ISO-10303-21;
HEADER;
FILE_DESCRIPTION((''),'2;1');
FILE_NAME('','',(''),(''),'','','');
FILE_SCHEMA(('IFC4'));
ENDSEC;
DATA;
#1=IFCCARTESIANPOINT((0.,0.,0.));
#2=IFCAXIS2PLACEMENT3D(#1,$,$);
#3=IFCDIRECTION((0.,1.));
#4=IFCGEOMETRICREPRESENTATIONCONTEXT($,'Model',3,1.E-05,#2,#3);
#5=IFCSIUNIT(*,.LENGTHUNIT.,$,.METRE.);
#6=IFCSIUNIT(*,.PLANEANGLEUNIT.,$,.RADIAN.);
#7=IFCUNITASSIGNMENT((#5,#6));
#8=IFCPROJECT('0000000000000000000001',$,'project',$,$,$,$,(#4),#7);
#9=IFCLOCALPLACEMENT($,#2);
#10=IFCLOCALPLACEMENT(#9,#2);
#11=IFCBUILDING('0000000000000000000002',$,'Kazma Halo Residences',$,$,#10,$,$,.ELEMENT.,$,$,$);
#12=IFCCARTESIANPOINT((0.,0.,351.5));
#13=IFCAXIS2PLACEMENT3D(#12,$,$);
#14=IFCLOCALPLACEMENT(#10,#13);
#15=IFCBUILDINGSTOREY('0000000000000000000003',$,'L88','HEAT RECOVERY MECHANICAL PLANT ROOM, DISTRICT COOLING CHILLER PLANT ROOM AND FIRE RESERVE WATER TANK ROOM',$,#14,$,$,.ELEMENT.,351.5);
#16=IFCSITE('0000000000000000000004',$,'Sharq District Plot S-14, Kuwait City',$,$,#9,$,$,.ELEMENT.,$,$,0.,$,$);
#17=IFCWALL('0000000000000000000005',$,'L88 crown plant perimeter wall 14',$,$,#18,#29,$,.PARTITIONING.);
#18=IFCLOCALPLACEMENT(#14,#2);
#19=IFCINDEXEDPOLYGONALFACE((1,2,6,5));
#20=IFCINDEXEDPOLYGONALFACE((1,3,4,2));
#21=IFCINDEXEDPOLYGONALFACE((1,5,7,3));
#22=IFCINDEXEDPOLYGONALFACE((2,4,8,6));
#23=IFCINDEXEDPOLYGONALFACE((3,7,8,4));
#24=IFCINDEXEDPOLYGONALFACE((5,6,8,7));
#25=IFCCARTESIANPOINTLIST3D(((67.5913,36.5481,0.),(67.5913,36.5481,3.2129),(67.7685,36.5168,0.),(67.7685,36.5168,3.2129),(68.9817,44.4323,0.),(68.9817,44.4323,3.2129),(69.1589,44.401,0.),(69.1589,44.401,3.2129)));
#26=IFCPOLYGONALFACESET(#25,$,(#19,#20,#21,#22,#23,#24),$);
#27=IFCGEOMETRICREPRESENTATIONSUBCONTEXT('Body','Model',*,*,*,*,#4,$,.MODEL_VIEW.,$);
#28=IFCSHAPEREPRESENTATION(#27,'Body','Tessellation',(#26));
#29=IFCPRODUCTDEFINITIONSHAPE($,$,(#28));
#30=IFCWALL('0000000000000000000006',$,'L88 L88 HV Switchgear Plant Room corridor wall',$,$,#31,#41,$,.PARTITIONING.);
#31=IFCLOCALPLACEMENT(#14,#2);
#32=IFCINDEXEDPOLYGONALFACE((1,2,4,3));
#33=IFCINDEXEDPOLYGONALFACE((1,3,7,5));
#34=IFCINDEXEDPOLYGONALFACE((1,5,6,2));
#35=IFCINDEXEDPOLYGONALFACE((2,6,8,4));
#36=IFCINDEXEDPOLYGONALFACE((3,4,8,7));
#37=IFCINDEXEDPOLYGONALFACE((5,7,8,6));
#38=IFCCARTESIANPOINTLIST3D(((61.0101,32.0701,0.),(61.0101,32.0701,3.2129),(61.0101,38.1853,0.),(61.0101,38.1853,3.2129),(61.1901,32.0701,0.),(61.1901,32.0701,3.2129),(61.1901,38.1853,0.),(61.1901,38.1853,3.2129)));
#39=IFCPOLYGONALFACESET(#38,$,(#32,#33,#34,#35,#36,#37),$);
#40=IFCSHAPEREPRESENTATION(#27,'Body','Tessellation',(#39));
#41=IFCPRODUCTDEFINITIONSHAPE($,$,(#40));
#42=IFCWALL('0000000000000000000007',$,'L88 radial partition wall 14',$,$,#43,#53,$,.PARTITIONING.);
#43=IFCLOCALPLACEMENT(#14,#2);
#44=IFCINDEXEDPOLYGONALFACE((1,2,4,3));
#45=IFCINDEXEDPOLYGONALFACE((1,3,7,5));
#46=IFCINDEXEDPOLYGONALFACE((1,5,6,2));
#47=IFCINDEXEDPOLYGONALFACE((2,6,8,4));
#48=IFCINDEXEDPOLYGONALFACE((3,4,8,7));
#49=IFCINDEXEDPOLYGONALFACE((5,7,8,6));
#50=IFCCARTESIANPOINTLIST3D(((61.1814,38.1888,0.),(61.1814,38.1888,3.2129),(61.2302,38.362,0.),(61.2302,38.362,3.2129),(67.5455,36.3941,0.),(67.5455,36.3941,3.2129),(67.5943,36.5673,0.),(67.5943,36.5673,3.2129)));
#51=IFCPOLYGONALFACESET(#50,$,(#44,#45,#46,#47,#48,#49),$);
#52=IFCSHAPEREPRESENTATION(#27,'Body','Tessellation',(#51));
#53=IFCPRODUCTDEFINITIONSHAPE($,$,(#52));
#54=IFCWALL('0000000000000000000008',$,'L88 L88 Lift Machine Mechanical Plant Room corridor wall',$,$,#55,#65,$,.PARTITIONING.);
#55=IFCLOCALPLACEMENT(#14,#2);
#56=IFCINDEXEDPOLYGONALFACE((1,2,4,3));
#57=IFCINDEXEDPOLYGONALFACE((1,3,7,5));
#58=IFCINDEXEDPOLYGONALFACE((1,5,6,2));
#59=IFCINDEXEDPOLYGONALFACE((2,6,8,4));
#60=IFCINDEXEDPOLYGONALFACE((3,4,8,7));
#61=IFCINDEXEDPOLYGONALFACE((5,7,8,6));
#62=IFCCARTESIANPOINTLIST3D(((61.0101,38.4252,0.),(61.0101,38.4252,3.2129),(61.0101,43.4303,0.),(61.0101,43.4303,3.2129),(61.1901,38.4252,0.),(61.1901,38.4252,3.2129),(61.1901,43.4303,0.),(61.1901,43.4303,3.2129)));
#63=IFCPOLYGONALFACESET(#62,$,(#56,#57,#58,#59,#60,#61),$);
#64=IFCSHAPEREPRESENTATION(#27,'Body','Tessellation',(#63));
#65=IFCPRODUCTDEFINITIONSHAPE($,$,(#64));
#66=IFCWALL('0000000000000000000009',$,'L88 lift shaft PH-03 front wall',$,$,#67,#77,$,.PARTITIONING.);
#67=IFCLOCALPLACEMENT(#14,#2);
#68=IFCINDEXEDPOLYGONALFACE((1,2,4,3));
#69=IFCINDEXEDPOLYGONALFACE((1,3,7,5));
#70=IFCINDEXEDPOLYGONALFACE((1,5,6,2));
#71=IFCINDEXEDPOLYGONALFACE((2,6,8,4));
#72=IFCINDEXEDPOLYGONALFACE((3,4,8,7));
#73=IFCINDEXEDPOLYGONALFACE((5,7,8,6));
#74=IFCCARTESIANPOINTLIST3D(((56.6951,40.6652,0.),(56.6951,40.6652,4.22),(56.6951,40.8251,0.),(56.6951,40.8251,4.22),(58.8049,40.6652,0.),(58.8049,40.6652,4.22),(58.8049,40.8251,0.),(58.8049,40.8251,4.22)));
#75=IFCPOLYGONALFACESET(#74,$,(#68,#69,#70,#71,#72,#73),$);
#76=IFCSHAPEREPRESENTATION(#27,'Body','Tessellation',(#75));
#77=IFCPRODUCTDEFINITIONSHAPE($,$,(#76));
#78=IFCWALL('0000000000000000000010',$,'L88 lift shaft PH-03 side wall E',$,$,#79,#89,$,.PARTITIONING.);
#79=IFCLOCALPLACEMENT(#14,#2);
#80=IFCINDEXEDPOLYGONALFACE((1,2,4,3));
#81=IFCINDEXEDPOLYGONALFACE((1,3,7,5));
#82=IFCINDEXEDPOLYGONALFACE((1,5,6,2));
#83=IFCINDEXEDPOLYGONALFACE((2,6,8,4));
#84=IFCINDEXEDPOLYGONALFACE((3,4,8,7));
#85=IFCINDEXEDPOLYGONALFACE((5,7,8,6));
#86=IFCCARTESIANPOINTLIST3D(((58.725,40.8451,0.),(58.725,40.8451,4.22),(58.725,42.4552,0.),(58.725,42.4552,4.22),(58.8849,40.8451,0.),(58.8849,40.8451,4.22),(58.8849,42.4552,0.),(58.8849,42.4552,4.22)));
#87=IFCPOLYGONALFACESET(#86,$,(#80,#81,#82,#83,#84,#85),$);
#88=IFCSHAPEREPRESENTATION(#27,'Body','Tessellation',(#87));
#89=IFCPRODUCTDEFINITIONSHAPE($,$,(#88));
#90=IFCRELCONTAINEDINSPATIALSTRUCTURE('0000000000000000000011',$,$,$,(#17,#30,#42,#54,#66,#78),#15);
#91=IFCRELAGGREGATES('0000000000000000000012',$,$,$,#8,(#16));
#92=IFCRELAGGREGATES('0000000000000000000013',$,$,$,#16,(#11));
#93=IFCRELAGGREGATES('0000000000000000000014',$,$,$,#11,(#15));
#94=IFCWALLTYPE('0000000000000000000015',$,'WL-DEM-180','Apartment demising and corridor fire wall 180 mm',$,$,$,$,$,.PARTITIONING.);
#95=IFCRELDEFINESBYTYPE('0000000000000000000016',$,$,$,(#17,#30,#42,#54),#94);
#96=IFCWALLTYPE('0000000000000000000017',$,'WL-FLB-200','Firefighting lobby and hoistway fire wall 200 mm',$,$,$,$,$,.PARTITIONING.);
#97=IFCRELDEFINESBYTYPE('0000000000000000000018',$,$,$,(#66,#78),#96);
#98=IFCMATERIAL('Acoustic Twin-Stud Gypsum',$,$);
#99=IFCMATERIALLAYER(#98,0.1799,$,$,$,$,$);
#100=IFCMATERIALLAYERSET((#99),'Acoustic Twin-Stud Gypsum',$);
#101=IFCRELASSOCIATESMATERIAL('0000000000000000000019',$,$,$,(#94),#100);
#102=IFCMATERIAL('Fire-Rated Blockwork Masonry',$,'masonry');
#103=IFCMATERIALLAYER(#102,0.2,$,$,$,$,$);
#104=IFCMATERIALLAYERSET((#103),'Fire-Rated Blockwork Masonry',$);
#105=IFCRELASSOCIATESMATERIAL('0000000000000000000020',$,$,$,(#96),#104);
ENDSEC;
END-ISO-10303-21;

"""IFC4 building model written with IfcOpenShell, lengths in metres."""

from ifc_helpers import new_model, si_unit, direction, frame, frame_2d, origin, place, context, subcontext, project, spatial, rectangle, extrude, material, layer, layer_set, type_object, element, save


model = new_model("IFC4")

# Units and contexts
model_context = context("Model", 3, precision=1e-05, world=origin(), true_north=direction((0.0, 1.0)))
body_context = subcontext(model_context, "Body", "Model", "MODEL_VIEW")
ifc_project = project(units=[si_unit("LENGTHUNIT", "METRE"), si_unit("PLANEANGLEUNIT", "RADIAN")], contexts=[model_context])

# Site, building, storey
site_placement = place(None, origin())
site = spatial("IfcSite", under=ifc_project, at=site_placement, Name="Sharq District Plot S-14, Kuwait City", CompositionType="ELEMENT", RefElevation=0.0)
building_placement = place(site_placement, origin())
building = spatial("IfcBuilding", under=site, at=building_placement, Name="Kazma Halo Residences", CompositionType="ELEMENT")
storey_placement = place(building_placement, frame((0.0, 0.0, 351.5)))
storey = spatial("IfcBuildingStorey", under=building, at=storey_placement, Name="L88", Description="HEAT RECOVERY MECHANICAL PLANT ROOM, DISTRICT COOLING CHILLER PLANT ROOM AND FIRE RESERVE WATER TANK ROOM", CompositionType="ELEMENT", Elevation=351.5)

# Walls
ifc_material_1 = material(Name="Acoustic Twin-Stud Gypsum")
ifc_layer_1 = layer(ifc_material_1, 0.1799)
ifc_layer_set_1 = layer_set([ifc_layer_1], Name="Acoustic Twin-Stud Gypsum")
wall_type_1 = type_object("IfcWallType", Name="WL-DEM-180", Description="Apartment demising and corridor fire wall 180 mm", PredefinedType="PARTITIONING", material=ifc_layer_set_1)
wall_1_placement = place(storey_placement, frame((67.6799, 36.5325, 0.0), z_axis=(0.0, 0.0, 1.0), x_axis=(0.173669, 0.984804, 0.0)))
element("IfcWall", 1, at=wall_1_placement, inside=storey, type_object=wall_type_1, Name="L88 crown plant perimeter wall 14", PredefinedType="PARTITIONING", context=body_context, shape_type="SweptSolid", body=[
    extrude(rectangle(XDim=8.0059, YDim=0.1799, at=frame_2d((4.0029, 0.0))), origin(), (0.0, 0.0, 1.0), 3.2129),
])
wall_2_placement = place(storey_placement, frame((61.1001, 32.0701, 0.0), z_axis=(0.0, 0.0, 1.0), x_axis=(0.0, 1.0, 0.0)))
element("IfcWall", 2, at=wall_2_placement, inside=storey, type_object=wall_type_1, Name="L88 L88 HV Switchgear Plant Room corridor wall", PredefinedType="PARTITIONING", context=body_context, shape_type="SweptSolid", body=[
    extrude(rectangle(XDim=6.1152, YDim=0.1799, at=frame_2d((3.0576, 0.0))), origin(), (0.0, 0.0, 1.0), 3.2129),
])
wall_3_placement = place(storey_placement, frame((61.2058, 38.2754, 0.0), z_axis=(0.0, 0.0, 1.0), x_axis=(0.962462, -0.271418, 0.0)))
element("IfcWall", 3, at=wall_3_placement, inside=storey, type_object=wall_type_1, Name="L88 radial partition wall 14", PredefinedType="PARTITIONING", context=body_context, shape_type="SweptSolid", body=[
    extrude(rectangle(XDim=6.6123, YDim=0.1799, at=frame_2d((3.3062, 0.0))), origin(), (0.0, 0.0, 1.0), 3.2129),
])
wall_4_placement = place(storey_placement, frame((61.1001, 38.4253, 0.0), z_axis=(0.0, 0.0, 1.0), x_axis=(0.0, 1.0, 0.0)))
element("IfcWall", 4, at=wall_4_placement, inside=storey, type_object=wall_type_1, Name="L88 L88 Lift Machine Mechanical Plant Room corridor wall", PredefinedType="PARTITIONING", context=body_context, shape_type="SweptSolid", body=[
    extrude(rectangle(XDim=5.0051, YDim=0.1799, at=frame_2d((2.5024, 0.0))), origin(), (0.0, 0.0, 1.0), 3.2129),
])
ifc_material_2 = material(Name="Fire-Rated Blockwork Masonry", Category="masonry")
ifc_layer_2 = layer(ifc_material_2, 0.2)
ifc_layer_set_2 = layer_set([ifc_layer_2], Name="Fire-Rated Blockwork Masonry")
wall_type_2 = type_object("IfcWallType", Name="WL-FLB-200", Description="Firefighting lobby and hoistway fire wall 200 mm", PredefinedType="PARTITIONING", material=ifc_layer_set_2)
wall_5_placement = place(storey_placement, frame((58.8049, 40.7451, 0.0), z_axis=(0.0, 0.0, 1.0), x_axis=(-1.0, 0.0, 0.0)))
element("IfcWall", 5, at=wall_5_placement, inside=storey, type_object=wall_type_2, Name="L88 lift shaft PH-03 front wall", PredefinedType="PARTITIONING", context=body_context, shape_type="SweptSolid", body=[
    extrude(rectangle(XDim=2.1099, YDim=0.1599, at=frame_2d((1.0549, 0.0))), origin(), (0.0, 0.0, 1.0), 4.22),
])
wall_6_placement = place(storey_placement, frame((58.8049, 40.845, 0.0), z_axis=(0.0, 0.0, 1.0), x_axis=(0.0, 1.0, 0.0)))
element("IfcWall", 6, at=wall_6_placement, inside=storey, type_object=wall_type_2, Name="L88 lift shaft PH-03 side wall E", PredefinedType="PARTITIONING", context=body_context, shape_type="SweptSolid", body=[
    extrude(rectangle(XDim=1.6101, YDim=0.1599, at=frame_2d((0.8052, 0.0))), origin(), (0.0, 0.0, 1.0), 4.22),
])

save(model, "model.ifc")
